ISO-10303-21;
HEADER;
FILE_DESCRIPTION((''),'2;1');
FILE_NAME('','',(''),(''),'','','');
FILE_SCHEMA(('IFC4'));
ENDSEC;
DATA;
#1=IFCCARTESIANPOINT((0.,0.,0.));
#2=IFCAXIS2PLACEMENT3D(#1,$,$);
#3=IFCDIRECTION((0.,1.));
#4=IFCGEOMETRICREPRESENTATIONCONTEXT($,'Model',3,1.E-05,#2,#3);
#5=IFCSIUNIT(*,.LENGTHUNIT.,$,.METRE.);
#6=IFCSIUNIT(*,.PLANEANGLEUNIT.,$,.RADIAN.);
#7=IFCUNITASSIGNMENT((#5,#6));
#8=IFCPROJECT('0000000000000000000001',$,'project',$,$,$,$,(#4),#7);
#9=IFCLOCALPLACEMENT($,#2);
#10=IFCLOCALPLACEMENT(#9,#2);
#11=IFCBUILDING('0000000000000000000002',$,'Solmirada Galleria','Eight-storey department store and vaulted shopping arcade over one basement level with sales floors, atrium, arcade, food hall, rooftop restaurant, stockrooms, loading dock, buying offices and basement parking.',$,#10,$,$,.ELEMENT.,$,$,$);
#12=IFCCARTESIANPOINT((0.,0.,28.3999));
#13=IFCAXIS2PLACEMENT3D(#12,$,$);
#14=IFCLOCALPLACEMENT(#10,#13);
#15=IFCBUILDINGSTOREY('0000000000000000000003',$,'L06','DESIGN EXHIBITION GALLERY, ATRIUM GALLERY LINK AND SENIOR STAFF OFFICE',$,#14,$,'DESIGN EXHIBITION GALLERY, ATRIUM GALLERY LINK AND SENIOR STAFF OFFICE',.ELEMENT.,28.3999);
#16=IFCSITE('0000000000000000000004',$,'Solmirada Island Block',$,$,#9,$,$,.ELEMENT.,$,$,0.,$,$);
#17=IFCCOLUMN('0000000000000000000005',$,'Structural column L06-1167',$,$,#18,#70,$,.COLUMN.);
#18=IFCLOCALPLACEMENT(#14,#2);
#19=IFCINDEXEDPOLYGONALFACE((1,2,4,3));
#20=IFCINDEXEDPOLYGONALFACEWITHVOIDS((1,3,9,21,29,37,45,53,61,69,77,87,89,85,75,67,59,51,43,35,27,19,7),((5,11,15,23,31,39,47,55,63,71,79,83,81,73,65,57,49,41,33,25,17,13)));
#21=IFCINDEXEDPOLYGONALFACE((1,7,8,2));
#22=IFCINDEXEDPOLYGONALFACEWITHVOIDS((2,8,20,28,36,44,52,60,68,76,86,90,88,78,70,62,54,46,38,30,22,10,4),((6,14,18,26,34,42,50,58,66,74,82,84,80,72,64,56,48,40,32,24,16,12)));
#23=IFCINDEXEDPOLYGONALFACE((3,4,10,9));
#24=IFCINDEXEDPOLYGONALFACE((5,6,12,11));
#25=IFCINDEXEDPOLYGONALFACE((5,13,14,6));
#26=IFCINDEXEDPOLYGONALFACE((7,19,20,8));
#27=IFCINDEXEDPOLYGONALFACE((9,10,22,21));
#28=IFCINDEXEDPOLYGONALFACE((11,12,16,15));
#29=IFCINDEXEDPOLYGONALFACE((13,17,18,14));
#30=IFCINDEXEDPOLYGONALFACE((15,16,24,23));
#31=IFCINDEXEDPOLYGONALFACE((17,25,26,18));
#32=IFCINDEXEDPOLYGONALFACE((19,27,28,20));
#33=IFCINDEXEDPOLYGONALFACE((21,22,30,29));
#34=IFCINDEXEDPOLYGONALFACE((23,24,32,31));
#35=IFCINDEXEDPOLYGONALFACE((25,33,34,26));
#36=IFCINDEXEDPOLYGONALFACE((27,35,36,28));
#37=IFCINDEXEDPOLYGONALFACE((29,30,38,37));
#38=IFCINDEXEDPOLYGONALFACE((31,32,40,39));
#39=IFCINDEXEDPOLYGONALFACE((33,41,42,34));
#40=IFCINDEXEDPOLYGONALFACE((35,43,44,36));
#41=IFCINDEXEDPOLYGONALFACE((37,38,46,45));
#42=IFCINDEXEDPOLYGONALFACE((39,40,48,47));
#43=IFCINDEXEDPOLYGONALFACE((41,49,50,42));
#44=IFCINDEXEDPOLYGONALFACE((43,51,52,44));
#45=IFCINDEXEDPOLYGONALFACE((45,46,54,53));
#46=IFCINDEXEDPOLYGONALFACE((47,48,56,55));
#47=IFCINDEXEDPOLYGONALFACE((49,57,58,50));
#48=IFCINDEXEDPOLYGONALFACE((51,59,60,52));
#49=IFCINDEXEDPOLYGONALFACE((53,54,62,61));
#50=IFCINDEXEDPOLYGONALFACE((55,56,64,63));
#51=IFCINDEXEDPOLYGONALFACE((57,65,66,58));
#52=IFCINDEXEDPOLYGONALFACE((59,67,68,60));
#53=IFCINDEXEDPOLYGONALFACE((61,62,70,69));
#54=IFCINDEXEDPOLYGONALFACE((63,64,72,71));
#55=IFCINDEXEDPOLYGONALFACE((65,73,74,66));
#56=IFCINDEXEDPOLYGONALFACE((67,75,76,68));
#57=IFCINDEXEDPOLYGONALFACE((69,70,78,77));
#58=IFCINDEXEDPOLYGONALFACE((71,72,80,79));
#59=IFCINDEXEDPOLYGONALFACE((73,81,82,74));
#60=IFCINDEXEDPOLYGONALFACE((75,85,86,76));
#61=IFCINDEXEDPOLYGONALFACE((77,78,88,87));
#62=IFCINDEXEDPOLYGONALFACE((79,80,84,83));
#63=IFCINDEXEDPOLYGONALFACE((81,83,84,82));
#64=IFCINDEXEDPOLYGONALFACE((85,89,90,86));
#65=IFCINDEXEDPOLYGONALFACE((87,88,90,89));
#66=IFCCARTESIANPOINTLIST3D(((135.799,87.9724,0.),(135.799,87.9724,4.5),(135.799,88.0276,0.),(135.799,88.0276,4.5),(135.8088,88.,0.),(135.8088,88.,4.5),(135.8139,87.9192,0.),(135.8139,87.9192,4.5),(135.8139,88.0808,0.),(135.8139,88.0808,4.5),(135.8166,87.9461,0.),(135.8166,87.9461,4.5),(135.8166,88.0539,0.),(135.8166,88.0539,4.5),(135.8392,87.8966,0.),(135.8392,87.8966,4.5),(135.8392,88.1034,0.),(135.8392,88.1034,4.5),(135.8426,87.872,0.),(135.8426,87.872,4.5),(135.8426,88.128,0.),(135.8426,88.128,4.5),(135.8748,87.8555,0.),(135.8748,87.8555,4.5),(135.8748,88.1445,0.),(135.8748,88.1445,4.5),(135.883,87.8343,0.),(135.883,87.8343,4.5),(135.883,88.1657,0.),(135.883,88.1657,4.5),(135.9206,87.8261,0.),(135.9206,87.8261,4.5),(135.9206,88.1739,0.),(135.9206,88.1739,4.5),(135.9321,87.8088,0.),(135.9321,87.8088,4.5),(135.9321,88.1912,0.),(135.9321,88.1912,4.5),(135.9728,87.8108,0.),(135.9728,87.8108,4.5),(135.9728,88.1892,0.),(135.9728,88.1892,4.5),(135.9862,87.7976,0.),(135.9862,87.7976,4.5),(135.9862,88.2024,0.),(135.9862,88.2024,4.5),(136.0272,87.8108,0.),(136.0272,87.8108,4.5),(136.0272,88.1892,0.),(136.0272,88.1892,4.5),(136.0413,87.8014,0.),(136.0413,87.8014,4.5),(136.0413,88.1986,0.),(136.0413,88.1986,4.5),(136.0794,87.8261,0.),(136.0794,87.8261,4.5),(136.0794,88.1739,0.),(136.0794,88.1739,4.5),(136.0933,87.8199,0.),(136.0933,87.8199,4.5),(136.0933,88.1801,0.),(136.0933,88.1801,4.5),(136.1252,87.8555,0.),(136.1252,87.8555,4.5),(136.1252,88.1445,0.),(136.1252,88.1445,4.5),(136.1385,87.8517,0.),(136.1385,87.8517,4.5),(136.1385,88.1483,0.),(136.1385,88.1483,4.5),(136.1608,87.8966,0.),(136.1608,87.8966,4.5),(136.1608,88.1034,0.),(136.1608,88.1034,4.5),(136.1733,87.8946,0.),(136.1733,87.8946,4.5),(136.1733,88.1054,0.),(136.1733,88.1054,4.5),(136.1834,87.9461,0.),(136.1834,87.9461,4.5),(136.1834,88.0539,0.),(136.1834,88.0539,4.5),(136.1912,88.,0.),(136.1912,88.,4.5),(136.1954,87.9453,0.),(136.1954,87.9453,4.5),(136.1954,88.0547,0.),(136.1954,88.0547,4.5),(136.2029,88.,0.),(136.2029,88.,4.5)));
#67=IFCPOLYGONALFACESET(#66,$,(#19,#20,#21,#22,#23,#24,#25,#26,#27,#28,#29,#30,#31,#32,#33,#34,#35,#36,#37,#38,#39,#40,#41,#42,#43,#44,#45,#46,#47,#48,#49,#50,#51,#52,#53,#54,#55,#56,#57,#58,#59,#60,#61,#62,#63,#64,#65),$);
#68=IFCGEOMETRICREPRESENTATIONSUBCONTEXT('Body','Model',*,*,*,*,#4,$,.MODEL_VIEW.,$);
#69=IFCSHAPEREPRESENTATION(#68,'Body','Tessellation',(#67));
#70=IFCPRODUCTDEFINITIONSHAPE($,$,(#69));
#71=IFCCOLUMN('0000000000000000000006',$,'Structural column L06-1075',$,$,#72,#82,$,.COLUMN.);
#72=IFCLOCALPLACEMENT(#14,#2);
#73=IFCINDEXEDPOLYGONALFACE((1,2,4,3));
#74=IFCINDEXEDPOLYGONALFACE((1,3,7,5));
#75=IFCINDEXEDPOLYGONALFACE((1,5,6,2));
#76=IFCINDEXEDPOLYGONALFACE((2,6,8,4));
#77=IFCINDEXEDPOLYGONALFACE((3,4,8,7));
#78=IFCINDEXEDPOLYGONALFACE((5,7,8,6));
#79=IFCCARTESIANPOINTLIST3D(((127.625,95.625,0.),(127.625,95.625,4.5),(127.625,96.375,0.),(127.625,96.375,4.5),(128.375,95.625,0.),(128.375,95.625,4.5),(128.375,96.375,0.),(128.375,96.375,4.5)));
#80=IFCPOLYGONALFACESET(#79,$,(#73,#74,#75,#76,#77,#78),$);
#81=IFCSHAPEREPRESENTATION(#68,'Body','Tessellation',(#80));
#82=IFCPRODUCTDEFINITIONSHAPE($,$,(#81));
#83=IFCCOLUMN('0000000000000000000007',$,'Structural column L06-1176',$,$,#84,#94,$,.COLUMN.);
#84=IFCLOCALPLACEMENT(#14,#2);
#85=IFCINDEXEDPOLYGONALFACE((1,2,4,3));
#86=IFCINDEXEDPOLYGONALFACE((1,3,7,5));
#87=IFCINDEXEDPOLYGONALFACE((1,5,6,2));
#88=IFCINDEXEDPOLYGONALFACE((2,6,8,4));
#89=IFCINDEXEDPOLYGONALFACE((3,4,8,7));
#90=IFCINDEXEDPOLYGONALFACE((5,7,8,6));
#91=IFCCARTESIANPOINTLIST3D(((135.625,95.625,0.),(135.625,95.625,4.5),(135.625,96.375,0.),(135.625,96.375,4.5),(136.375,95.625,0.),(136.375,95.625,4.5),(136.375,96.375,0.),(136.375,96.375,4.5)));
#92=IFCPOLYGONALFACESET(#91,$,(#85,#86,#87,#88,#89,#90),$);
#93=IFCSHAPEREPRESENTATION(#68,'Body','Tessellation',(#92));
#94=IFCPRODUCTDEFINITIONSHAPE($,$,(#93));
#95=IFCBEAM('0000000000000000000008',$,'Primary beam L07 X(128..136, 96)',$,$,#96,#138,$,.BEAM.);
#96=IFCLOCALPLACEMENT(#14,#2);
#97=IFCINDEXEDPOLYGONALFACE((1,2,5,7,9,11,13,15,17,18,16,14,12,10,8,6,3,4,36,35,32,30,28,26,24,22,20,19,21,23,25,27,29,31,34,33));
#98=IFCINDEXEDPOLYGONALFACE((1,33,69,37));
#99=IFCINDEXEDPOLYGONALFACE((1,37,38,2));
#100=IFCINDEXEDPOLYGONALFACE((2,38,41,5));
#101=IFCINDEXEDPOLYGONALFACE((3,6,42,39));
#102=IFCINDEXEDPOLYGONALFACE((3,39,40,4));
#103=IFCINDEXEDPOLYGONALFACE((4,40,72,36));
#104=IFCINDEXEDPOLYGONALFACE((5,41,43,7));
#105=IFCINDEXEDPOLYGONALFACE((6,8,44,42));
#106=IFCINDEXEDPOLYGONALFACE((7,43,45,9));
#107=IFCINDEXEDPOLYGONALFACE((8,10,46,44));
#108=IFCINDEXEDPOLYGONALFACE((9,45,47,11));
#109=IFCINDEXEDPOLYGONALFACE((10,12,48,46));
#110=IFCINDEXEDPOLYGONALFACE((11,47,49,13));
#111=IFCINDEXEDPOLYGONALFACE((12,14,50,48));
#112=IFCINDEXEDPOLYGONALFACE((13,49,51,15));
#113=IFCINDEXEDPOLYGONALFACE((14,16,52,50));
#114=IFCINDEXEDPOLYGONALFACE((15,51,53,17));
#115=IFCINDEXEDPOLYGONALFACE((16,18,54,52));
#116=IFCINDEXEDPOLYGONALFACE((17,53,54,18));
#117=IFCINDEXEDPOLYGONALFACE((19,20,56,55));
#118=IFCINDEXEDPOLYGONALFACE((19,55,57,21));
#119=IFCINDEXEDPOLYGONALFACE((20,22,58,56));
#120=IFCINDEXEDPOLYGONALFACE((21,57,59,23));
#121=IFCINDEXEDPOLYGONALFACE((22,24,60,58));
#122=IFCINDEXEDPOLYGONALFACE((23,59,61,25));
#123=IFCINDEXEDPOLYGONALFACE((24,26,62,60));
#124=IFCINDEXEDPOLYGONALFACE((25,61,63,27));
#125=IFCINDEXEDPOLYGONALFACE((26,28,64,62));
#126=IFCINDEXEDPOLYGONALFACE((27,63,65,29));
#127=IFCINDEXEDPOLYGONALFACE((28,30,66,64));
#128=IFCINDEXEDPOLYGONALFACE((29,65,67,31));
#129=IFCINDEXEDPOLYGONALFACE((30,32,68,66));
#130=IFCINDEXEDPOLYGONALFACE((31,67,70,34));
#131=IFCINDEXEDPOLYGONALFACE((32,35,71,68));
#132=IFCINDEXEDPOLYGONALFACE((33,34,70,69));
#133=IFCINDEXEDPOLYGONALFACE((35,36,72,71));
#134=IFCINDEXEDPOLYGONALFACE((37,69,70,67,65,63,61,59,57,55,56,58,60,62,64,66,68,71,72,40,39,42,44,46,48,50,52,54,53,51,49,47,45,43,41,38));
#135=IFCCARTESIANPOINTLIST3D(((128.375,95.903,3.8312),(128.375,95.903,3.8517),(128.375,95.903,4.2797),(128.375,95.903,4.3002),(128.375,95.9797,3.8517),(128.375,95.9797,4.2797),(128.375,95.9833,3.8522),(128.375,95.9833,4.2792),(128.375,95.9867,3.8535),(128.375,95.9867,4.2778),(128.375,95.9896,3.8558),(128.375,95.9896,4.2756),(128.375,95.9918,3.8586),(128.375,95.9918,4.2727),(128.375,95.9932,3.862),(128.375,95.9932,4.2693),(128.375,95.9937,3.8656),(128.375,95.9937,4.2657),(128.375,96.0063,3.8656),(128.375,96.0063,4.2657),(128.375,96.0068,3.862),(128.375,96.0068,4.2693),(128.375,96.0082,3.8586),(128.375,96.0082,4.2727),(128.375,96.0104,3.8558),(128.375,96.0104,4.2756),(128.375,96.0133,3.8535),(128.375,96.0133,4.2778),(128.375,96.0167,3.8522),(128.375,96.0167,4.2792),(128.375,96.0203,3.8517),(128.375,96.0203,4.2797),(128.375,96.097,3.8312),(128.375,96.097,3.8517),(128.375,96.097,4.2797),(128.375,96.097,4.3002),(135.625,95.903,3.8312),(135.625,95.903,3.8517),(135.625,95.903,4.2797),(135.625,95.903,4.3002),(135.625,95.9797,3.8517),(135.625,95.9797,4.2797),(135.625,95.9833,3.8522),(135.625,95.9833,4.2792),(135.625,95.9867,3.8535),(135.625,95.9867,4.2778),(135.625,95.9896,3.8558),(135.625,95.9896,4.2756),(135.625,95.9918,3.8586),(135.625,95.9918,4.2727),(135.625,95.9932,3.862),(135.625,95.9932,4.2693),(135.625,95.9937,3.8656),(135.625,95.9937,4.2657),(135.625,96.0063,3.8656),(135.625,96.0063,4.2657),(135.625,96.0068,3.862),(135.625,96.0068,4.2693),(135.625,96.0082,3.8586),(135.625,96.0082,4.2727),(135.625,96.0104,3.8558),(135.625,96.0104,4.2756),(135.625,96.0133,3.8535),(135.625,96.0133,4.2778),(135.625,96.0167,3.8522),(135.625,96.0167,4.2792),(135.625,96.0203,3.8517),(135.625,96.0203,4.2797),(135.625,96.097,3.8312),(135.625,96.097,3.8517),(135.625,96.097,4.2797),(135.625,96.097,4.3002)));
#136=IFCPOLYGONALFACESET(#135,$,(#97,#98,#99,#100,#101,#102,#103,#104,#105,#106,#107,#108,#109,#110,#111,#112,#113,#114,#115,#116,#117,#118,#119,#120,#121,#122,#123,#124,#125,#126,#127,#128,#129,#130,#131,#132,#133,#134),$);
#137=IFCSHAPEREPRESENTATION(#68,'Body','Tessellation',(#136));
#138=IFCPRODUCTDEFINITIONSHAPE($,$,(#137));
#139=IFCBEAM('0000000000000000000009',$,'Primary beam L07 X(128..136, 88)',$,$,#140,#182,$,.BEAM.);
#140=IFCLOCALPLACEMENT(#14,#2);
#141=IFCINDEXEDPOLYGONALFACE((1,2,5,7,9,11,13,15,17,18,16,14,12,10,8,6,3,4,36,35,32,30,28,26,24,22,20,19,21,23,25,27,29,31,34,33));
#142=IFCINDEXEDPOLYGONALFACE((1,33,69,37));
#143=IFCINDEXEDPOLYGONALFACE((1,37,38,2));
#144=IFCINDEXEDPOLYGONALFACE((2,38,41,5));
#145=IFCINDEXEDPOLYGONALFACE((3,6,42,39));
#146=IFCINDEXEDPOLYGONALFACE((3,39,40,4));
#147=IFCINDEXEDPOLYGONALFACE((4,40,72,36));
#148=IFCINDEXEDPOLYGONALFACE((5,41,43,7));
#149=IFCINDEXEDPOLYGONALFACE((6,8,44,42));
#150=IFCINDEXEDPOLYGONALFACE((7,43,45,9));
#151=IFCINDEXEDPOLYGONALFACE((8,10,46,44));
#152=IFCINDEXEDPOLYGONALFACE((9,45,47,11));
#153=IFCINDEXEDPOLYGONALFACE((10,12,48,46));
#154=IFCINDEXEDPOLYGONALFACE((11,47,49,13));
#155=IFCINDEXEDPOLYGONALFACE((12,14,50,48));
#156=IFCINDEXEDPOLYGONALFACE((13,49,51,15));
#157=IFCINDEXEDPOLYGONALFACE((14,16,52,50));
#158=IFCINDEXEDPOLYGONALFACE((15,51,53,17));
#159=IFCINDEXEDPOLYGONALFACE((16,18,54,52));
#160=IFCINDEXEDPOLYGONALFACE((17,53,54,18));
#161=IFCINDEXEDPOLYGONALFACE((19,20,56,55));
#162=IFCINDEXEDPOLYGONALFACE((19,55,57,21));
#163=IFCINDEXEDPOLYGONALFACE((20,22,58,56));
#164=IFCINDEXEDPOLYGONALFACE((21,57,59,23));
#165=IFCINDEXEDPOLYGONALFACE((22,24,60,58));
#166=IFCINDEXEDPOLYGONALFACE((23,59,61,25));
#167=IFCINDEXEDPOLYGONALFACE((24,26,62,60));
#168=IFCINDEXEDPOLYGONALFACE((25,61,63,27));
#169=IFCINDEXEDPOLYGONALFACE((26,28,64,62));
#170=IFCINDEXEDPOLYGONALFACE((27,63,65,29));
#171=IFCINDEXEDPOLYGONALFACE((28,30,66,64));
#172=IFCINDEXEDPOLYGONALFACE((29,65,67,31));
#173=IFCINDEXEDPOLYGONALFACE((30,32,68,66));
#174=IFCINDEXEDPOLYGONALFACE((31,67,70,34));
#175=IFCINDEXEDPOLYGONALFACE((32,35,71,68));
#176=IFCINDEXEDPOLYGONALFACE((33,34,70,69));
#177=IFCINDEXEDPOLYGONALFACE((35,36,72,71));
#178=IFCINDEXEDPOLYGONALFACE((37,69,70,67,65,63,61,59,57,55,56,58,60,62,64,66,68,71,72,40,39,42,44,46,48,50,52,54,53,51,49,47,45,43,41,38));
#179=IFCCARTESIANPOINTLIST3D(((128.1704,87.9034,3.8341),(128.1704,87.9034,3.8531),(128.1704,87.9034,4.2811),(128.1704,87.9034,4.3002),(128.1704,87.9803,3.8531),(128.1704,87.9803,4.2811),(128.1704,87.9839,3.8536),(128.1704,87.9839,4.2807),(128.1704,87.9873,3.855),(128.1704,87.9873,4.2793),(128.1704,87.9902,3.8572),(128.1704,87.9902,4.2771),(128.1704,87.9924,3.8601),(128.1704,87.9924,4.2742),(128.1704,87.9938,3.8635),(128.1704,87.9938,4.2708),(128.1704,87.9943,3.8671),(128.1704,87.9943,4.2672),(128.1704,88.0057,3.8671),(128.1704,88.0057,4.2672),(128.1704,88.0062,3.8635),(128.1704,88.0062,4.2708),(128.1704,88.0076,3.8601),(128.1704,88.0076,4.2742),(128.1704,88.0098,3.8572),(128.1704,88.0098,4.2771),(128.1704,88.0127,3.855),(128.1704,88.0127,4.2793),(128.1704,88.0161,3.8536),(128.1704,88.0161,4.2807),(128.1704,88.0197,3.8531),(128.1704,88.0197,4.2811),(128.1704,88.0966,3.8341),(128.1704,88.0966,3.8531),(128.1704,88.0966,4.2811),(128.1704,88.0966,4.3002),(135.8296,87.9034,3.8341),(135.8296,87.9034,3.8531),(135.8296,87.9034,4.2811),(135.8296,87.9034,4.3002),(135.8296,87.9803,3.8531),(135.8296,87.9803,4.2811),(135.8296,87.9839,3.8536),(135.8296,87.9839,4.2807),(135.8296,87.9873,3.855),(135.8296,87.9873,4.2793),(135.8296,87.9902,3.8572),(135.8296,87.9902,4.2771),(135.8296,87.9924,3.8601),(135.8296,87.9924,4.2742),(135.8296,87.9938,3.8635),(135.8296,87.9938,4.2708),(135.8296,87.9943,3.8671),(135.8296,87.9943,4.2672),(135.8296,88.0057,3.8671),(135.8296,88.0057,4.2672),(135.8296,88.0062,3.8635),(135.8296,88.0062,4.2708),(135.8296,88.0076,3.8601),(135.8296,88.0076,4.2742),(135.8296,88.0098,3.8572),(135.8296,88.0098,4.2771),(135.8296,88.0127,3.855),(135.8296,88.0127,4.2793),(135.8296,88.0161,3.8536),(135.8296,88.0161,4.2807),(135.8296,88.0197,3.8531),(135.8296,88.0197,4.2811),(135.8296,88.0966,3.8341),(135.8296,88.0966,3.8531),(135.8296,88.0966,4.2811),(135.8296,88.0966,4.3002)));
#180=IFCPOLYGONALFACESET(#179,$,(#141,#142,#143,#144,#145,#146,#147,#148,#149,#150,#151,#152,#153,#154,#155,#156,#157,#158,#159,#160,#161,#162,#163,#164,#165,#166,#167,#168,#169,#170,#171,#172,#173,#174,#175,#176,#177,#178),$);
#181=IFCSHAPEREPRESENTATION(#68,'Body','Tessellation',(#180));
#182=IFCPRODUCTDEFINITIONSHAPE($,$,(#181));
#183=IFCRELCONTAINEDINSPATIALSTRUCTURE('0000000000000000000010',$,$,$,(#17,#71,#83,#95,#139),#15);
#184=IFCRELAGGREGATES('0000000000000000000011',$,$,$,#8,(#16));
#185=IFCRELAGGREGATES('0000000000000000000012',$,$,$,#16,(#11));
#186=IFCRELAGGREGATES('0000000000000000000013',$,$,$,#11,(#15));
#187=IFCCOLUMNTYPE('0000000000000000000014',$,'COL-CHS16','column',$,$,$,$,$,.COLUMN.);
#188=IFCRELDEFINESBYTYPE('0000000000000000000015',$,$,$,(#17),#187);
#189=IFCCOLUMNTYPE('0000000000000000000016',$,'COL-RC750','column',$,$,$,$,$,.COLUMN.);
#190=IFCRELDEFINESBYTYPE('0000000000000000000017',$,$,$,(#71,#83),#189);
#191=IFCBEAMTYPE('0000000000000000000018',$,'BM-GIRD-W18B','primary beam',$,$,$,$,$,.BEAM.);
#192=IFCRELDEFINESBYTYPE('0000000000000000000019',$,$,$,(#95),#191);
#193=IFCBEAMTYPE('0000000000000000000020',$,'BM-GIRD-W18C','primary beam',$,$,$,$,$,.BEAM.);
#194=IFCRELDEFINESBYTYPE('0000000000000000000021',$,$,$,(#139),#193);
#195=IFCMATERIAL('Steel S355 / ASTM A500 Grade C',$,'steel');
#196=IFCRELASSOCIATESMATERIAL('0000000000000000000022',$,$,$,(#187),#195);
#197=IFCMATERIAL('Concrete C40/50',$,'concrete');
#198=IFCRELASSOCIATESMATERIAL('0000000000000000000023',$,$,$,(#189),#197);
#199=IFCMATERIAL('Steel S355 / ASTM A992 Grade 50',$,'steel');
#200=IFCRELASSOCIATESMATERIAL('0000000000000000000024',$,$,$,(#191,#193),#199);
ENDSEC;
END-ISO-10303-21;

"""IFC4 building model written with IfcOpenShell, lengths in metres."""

from ifc_helpers import new_model, si_unit, direction, frame, origin, origin_2d, place, context, subcontext, project, spatial, rectangle, hollow_circle, i_section, extrude, material, material_profile, profile_set, type_object, element, save


model = new_model("IFC4")

# Units and contexts
model_context = context("Model", 3, precision=1e-05, world=origin(), true_north=direction((0.0, 1.0)))
body_context = subcontext(model_context, "Body", "Model", "MODEL_VIEW")
ifc_project = project(units=[si_unit("LENGTHUNIT", "METRE"), si_unit("PLANEANGLEUNIT", "RADIAN")], contexts=[model_context])

# Site, building, storey
site_placement = place(None, origin())
site = spatial("IfcSite", under=ifc_project, at=site_placement, Name="Solmirada Island Block", CompositionType="ELEMENT", RefElevation=0.0)
building_placement = place(site_placement, origin())
building = spatial("IfcBuilding", under=site, at=building_placement, Name="Solmirada Galleria", Description="Eight-storey department store and vaulted shopping arcade over one basement level with sales floors, atrium, arcade, food hall, rooftop restaurant, stockrooms, loading dock, buying offices and basement parking.", CompositionType="ELEMENT")
storey_placement = place(building_placement, frame((0.0, 0.0, 28.3999)))
storey = spatial("IfcBuildingStorey", under=building, at=storey_placement, Name="L06", Description="DESIGN EXHIBITION GALLERY, ATRIUM GALLERY LINK AND SENIOR STAFF OFFICE", LongName="DESIGN EXHIBITION GALLERY, ATRIUM GALLERY LINK AND SENIOR STAFF OFFICE", CompositionType="ELEMENT", Elevation=28.3999)

# Columns
ifc_material_1 = material(Name="Steel S355 / ASTM A500 Grade C", Category="steel")
ifc_material_profile_1 = material_profile(ifc_material_1, hollow_circle(Radius=0.2029, WallThickness=0.0117, at=origin_2d()), Name="HSS16.000X0.500")
ifc_profile_set_1 = profile_set([ifc_material_profile_1], Name="Steel S355 / ASTM A500 Grade C")
column_type_1 = type_object("IfcColumnType", Name="COL-CHS16", Description="column", PredefinedType="COLUMN", material=ifc_profile_set_1)
column_placement = place(storey_placement, frame((136.0, 88.0, 0.0), z_axis=(0.0, 0.0, 1.0), x_axis=(1.0, 0.0, 0.0)))
element("IfcColumn", 1, at=column_placement, inside=storey, type_object=column_type_1, Name="Structural column L06-1167", PredefinedType="COLUMN", context=body_context, shape_type="SweptSolid", body=[
    extrude(hollow_circle(Radius=0.2029, WallThickness=0.0117, at=origin_2d()), origin(), (0.0, 0.0, 1.0), 4.5),
])
ifc_material_2 = material(Name="Concrete C40/50", Category="concrete")
ifc_material_profile_2 = material_profile(ifc_material_2, rectangle(XDim=0.75, YDim=0.75, at=origin_2d()), Name="RC750X750")
ifc_profile_set_2 = profile_set([ifc_material_profile_2], Name="Concrete C40/50")
column_type_2 = type_object("IfcColumnType", Name="COL-RC750", Description="column", PredefinedType="COLUMN", material=ifc_profile_set_2)
for number, where, z_axis, x_axis, name in (
    (2, (128.0, 96.0, 0.0), (0.0, 0.0, 1.0), (1.0, 0.0, 0.0), "Structural column L06-1075"),
    (3, (136.0, 96.0, 0.0), (0.0, 0.0, 1.0), (1.0, 0.0, 0.0), "Structural column L06-1176"),
):
    element("IfcColumn", number, at=place(storey_placement, frame(where, z_axis=z_axis, x_axis=x_axis)), inside=storey, type_object=column_type_2, Name=name, PredefinedType="COLUMN", context=body_context, shape_type="SweptSolid", body=[
        extrude(rectangle(XDim=0.75, YDim=0.75, at=origin_2d()), origin(), (0.0, 0.0, 1.0), 4.5),
    ])

# Beams
ifc_material_3 = material(Name="Steel S355 / ASTM A992 Grade 50", Category="steel")
ifc_material_profile_3 = material_profile(ifc_material_3, i_section(OverallWidth=0.1941, OverallDepth=0.469, WebThickness=0.0127, FlangeThickness=0.0205, FilletRadius=0.0139, at=origin_2d()), Name="W18X71")
ifc_profile_set_3 = profile_set([ifc_material_profile_3], Name="Steel S355 / ASTM A992 Grade 50")
beam_type_1 = type_object("IfcBeamType", Name="BM-GIRD-W18B", Description="primary beam", PredefinedType="BEAM", material=ifc_profile_set_3)
beam_1_placement = place(storey_placement, frame((128.375, 96.0, 4.0657), z_axis=(1.0, 0.0, 0.0), x_axis=(0.0, 1.0, 0.0)))
element("IfcBeam", 4, at=beam_1_placement, inside=storey, type_object=beam_type_1, Name="Primary beam L07 X(128..136, 96)", PredefinedType="BEAM", context=body_context, shape_type="SweptSolid", body=[
    extrude(i_section(OverallWidth=0.1941, OverallDepth=0.469, WebThickness=0.0127, FlangeThickness=0.0205, FilletRadius=0.0139, at=origin_2d()), origin(), (0.0, 0.0, 1.0), 7.25),
])
ifc_material_profile_4 = material_profile(ifc_material_3, i_section(OverallWidth=0.1931, OverallDepth=0.4661, WebThickness=0.0115, FlangeThickness=0.019, FilletRadius=0.0139, at=origin_2d()), Name="W18X65")
ifc_profile_set_4 = profile_set([ifc_material_profile_4], Name="Steel S355 / ASTM A992 Grade 50")
beam_type_2 = type_object("IfcBeamType", Name="BM-GIRD-W18C", Description="primary beam", PredefinedType="BEAM", material=ifc_profile_set_4)
beam_2_placement = place(storey_placement, frame((128.1704, 88.0, 4.0671), z_axis=(1.0, 0.0, 0.0), x_axis=(0.0, 1.0, 0.0)))
element("IfcBeam", 5, at=beam_2_placement, inside=storey, type_object=beam_type_2, Name="Primary beam L07 X(128..136, 88)", PredefinedType="BEAM", context=body_context, shape_type="SweptSolid", body=[
    extrude(i_section(OverallWidth=0.1931, OverallDepth=0.4661, WebThickness=0.0115, FlangeThickness=0.019, FilletRadius=0.0139, at=origin_2d()), origin(), (0.0, 0.0, 1.0), 7.6592),
])

save(model, "model.ifc")
